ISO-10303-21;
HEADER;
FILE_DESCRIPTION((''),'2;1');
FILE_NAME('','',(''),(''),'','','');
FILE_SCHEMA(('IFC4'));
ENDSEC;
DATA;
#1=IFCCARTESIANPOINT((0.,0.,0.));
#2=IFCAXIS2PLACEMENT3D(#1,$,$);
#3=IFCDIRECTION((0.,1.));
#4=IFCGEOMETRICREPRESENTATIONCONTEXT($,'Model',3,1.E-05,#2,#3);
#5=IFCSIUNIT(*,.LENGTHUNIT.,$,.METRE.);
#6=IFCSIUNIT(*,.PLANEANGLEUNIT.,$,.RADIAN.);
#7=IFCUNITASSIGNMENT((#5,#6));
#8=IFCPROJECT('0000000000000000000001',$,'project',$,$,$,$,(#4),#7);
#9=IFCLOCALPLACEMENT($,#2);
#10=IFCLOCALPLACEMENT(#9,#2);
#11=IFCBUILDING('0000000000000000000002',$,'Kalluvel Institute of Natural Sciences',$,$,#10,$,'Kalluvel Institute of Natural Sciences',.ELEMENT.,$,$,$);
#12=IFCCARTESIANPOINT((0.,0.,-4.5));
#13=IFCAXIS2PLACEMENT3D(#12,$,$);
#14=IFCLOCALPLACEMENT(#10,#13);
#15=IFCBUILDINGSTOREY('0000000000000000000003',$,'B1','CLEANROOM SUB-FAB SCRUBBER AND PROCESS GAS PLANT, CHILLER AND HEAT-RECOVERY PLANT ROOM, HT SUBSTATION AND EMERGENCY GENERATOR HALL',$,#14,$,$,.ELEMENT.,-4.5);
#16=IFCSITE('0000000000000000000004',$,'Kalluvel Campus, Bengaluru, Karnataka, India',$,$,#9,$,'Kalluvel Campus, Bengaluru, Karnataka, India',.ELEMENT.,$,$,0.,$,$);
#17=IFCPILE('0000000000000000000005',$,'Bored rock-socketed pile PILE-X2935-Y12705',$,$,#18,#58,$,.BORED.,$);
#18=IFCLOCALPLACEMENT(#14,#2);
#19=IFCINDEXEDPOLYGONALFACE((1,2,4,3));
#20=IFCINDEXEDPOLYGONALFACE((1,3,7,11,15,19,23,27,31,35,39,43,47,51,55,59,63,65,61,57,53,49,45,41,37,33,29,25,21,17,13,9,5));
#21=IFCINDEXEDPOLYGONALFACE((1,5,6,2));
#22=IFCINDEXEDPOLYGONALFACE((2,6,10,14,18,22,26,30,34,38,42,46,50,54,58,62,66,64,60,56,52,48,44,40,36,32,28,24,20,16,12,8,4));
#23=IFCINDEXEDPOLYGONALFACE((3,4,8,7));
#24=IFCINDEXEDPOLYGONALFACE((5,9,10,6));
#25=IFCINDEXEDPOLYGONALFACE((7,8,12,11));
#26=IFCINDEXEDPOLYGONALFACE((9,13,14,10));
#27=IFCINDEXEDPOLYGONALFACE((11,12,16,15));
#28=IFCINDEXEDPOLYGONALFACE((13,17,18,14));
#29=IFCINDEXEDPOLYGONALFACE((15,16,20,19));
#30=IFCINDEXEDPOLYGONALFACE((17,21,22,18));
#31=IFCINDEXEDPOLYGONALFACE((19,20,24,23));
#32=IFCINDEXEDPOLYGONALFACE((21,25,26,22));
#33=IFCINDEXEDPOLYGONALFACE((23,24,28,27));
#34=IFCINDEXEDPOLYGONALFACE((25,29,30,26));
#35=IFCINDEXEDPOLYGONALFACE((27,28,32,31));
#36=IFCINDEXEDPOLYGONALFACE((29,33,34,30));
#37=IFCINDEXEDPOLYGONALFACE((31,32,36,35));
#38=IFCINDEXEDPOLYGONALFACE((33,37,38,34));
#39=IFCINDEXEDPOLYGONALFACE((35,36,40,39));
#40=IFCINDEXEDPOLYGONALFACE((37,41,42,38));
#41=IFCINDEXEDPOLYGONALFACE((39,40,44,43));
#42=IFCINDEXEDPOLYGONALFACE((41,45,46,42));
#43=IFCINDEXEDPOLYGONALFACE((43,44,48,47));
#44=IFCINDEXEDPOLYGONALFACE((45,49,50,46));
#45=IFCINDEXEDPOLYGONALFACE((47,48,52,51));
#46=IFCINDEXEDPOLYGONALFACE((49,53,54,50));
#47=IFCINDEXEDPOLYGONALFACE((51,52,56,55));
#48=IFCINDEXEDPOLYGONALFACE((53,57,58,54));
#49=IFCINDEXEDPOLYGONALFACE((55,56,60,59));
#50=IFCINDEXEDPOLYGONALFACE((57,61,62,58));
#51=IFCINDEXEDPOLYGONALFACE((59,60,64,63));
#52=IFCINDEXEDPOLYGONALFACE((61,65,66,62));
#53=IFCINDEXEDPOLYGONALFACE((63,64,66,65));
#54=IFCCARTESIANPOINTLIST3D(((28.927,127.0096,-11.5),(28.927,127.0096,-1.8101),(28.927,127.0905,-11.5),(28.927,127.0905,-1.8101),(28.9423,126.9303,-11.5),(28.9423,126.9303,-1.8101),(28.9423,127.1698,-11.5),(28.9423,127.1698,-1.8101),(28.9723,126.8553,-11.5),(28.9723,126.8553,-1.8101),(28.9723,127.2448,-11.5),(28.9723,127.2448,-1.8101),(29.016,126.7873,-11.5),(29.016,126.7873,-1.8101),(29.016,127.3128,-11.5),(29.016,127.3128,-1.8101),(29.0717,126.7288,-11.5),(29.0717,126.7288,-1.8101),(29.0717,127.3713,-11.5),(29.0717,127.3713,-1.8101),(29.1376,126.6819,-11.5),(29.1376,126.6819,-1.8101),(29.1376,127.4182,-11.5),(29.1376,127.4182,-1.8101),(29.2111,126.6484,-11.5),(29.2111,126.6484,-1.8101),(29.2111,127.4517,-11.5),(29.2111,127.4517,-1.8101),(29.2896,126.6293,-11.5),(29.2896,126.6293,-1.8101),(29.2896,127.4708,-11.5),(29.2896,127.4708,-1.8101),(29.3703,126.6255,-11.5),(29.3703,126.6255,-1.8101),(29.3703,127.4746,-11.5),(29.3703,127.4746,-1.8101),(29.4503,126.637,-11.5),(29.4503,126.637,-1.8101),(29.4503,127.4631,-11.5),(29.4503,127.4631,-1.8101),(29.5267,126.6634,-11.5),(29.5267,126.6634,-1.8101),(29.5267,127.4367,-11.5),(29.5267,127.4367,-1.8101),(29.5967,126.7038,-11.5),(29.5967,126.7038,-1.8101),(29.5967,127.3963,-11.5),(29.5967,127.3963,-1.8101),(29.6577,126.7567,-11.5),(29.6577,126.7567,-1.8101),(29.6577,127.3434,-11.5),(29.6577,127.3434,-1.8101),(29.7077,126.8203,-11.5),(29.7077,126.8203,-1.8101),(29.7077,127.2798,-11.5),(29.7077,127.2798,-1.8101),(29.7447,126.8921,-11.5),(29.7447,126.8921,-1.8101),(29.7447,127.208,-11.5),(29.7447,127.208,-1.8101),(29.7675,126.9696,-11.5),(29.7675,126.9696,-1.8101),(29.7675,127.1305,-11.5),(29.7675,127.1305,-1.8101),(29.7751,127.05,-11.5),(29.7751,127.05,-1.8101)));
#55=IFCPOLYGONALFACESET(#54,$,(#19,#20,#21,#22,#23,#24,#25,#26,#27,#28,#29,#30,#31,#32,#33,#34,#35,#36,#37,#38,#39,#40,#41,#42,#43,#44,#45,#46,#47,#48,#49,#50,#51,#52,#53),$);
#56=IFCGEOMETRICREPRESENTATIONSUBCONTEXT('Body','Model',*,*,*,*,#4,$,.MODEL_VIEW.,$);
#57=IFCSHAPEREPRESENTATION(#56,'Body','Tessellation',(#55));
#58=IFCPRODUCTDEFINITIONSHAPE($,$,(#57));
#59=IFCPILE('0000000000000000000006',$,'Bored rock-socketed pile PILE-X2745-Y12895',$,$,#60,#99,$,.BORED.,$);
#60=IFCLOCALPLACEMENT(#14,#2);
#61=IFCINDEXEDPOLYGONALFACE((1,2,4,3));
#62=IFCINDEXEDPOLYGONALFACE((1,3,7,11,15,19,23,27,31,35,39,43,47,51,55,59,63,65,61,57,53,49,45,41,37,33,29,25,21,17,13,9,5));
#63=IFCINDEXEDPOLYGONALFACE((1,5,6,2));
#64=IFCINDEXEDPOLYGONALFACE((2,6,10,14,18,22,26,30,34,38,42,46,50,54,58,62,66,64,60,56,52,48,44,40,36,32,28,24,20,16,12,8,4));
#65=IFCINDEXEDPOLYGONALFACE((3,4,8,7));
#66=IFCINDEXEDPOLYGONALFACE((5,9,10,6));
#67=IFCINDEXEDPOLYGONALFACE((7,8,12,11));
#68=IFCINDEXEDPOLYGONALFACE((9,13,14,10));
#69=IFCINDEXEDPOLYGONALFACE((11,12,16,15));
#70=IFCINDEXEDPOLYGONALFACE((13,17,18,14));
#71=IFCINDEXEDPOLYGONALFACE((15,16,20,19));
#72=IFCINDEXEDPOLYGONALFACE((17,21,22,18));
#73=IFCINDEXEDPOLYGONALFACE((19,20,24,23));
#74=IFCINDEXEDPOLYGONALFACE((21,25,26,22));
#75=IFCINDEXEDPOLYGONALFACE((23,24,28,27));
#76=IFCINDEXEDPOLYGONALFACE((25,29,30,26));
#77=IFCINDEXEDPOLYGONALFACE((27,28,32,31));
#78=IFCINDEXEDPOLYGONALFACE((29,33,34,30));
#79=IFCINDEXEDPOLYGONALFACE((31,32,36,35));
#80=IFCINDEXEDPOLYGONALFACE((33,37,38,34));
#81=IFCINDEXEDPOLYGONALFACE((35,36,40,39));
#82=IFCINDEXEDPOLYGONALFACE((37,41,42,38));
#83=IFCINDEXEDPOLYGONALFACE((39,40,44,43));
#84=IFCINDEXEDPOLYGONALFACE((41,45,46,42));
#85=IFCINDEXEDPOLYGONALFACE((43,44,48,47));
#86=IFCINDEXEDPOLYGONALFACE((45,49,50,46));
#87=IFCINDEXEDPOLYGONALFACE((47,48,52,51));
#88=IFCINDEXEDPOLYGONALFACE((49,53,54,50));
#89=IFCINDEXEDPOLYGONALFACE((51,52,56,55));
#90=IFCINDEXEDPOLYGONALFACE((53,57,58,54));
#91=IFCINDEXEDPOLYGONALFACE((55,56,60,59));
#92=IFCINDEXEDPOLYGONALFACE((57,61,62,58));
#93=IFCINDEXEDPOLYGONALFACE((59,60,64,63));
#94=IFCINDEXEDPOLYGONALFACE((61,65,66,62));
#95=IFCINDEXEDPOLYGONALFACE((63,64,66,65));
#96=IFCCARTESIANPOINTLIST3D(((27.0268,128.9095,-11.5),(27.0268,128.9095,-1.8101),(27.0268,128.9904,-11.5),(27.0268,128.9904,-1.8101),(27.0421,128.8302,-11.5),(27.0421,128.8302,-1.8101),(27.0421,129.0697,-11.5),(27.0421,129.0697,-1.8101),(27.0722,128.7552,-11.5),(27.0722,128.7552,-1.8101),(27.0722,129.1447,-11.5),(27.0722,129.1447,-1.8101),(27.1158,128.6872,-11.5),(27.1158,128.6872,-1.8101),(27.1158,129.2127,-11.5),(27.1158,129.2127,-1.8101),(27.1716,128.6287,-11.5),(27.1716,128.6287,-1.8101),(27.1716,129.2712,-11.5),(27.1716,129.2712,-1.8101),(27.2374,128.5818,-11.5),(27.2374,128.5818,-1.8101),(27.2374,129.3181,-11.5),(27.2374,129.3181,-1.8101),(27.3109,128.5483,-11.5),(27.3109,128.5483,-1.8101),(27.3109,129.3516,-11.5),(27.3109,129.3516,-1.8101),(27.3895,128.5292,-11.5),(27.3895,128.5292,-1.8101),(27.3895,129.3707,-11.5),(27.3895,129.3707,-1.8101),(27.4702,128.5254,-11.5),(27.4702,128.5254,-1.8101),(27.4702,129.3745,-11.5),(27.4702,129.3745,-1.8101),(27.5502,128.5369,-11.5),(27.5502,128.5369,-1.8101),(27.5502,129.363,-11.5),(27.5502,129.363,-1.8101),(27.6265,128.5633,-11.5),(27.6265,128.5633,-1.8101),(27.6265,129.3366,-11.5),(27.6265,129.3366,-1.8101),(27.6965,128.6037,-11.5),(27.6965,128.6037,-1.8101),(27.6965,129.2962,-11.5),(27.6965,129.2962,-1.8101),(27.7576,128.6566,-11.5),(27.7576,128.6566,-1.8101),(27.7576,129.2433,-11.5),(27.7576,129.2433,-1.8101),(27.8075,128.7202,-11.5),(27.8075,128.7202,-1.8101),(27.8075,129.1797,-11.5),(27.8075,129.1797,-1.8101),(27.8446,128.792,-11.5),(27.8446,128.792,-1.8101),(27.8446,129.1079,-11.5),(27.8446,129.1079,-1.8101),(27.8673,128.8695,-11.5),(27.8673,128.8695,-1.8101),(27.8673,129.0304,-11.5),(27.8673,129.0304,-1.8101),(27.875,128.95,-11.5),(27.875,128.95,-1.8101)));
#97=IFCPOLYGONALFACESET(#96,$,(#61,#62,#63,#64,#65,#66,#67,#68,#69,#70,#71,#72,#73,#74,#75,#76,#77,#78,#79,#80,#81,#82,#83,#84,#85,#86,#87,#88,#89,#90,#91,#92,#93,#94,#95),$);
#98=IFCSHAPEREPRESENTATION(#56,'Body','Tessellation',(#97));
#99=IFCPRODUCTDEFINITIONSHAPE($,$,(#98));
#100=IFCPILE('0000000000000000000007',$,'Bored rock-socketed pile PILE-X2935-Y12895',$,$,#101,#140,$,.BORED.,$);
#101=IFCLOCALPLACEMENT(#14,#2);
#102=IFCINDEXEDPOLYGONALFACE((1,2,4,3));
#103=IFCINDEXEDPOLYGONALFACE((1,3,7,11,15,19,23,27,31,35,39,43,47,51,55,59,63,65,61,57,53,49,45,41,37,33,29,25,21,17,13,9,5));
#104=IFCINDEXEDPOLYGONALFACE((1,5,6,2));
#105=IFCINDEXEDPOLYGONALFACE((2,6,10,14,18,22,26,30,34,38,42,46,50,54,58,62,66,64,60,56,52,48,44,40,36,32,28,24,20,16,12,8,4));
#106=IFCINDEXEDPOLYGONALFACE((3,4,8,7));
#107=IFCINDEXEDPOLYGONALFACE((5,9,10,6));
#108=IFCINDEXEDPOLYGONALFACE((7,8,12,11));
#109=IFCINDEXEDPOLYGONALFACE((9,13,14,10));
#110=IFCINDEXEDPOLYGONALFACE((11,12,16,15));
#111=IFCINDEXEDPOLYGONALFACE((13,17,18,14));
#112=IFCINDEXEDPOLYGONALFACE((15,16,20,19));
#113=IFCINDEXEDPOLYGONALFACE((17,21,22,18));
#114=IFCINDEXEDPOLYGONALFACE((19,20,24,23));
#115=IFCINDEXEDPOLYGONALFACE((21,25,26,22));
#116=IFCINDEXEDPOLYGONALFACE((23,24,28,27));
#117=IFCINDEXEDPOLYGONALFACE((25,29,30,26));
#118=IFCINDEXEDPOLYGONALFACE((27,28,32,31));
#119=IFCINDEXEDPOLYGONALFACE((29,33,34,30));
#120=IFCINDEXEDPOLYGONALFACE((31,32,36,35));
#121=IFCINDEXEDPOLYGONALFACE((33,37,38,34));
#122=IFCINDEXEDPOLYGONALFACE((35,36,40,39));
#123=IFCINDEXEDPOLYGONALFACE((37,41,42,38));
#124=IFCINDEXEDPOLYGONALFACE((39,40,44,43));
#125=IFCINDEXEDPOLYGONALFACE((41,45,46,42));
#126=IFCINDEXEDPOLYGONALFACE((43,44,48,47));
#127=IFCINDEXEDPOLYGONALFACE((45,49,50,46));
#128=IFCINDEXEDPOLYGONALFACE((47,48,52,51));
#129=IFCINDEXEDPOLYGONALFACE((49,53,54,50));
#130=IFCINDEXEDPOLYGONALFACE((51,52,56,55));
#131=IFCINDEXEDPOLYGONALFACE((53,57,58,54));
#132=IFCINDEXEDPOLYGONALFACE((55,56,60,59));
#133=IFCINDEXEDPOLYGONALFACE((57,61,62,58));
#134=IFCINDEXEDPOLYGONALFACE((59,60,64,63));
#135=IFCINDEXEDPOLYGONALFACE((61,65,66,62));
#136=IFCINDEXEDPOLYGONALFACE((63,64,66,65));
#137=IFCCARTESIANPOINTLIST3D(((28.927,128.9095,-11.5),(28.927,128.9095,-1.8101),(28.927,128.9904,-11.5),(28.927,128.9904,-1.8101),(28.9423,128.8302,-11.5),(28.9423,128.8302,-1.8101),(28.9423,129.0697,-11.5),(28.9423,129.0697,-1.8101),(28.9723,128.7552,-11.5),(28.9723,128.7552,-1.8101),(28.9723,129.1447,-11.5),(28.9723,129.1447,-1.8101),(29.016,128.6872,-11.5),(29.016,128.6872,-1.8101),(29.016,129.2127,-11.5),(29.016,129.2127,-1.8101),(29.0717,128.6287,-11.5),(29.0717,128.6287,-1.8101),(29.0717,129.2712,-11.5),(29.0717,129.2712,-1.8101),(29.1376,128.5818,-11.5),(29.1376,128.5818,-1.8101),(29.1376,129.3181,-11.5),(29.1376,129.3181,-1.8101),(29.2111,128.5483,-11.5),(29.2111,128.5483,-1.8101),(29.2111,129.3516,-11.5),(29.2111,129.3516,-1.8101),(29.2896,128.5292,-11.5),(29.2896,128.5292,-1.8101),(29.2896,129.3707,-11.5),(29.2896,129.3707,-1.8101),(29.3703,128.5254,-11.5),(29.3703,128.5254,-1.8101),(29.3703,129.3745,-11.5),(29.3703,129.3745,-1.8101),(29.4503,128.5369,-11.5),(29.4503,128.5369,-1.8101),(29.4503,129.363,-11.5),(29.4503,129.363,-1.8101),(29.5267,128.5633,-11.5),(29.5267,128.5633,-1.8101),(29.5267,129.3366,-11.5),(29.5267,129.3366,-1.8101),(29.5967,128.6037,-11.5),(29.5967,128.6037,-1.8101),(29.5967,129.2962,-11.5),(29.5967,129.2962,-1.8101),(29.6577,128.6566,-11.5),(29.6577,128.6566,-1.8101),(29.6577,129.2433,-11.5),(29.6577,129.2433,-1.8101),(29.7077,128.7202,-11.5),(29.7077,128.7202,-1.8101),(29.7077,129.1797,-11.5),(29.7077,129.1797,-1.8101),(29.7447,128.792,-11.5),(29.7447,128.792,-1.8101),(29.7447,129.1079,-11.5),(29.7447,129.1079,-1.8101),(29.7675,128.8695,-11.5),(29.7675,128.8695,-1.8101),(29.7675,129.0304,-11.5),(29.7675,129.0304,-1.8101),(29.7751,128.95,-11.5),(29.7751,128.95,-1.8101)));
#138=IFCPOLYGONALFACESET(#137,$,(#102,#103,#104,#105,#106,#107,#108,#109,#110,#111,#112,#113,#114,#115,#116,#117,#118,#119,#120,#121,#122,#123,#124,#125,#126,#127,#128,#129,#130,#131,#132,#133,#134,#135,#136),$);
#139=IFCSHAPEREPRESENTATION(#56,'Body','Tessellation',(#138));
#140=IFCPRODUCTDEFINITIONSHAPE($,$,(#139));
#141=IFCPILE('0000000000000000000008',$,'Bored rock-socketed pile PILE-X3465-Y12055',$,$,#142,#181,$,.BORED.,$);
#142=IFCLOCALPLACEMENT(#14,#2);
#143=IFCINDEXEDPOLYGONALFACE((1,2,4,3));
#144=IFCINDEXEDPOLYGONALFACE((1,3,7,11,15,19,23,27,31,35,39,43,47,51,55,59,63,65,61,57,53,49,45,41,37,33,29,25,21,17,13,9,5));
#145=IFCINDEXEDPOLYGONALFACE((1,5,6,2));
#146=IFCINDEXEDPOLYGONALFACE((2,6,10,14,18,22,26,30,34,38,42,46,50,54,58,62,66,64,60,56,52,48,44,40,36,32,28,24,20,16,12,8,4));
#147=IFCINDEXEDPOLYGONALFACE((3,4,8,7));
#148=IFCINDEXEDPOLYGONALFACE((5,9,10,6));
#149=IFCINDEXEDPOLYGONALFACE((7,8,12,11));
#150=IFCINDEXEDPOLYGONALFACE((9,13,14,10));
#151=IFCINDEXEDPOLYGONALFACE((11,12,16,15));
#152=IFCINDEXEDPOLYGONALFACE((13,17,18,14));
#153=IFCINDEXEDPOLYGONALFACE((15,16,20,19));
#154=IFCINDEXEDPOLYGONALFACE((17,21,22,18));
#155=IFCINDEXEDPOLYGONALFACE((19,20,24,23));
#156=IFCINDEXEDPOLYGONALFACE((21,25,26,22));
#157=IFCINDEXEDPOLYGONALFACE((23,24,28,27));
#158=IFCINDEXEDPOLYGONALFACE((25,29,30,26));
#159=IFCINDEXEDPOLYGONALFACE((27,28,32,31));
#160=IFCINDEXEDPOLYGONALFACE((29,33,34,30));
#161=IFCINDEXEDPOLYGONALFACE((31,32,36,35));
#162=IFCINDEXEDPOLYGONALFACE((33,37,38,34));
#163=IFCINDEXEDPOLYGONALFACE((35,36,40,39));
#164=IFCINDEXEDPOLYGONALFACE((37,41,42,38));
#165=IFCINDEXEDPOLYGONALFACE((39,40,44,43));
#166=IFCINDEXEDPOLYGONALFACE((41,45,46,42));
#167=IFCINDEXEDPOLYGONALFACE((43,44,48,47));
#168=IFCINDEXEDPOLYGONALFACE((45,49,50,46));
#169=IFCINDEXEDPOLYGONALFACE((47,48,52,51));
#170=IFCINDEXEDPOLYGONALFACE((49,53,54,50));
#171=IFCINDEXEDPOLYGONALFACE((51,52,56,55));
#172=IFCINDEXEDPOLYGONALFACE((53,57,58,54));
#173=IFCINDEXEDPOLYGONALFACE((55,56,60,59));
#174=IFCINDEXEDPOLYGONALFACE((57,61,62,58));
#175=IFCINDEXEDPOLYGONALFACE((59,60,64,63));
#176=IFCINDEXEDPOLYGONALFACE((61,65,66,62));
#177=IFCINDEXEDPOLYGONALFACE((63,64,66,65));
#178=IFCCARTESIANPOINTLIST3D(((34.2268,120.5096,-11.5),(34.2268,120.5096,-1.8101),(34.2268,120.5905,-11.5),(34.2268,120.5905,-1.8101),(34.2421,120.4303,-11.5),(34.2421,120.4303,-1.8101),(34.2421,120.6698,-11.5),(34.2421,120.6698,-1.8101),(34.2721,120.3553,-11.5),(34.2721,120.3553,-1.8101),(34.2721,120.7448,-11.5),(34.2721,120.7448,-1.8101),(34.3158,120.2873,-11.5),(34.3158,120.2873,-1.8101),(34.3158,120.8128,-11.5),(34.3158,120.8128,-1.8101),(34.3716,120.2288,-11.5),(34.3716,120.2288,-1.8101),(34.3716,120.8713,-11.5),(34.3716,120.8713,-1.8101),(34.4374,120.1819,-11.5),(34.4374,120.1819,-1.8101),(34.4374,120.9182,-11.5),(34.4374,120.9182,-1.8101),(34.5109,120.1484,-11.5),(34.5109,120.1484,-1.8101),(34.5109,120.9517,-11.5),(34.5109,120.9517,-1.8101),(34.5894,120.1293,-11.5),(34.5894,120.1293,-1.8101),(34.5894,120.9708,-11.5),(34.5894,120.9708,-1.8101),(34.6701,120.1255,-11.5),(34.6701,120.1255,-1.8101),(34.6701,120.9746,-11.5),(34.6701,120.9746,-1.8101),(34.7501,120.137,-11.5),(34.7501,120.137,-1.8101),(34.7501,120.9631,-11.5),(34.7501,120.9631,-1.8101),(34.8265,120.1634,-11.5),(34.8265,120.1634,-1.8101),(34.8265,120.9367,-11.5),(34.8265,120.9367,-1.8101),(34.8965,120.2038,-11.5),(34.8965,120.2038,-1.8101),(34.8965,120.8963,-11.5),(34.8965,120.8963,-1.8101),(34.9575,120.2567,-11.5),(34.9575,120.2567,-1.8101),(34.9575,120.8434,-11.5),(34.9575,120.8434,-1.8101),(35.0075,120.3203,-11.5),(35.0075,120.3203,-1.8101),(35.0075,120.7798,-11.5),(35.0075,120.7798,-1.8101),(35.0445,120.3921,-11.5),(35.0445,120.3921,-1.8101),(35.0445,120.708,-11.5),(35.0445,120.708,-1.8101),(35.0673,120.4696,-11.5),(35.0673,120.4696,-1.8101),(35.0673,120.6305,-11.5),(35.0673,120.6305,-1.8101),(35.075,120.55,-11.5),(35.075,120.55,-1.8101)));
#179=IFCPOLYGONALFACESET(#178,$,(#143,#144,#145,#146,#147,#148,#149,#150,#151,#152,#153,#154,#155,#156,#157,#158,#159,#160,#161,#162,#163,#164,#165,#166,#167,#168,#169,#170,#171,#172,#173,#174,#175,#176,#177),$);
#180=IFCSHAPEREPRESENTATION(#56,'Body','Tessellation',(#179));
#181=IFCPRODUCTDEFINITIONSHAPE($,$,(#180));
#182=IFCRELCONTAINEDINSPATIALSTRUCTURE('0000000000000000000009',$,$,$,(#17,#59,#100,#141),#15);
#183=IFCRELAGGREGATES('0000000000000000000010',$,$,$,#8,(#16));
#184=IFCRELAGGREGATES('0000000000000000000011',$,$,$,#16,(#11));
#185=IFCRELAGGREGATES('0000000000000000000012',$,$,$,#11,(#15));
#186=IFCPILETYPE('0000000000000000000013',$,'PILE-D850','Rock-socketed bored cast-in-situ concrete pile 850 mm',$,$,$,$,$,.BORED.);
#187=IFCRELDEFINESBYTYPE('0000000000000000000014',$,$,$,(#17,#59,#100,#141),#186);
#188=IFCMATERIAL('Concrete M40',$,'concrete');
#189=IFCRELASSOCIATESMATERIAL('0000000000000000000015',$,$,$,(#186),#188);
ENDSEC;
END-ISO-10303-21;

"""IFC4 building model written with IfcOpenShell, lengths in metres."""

from ifc_helpers import new_model, si_unit, direction, frame, origin, origin_2d, place, context, subcontext, project, spatial, circle, extrude, material, material_profile, profile_set, type_object, element, save


model = new_model("IFC4")

# Units and contexts
model_context = context("Model", 3, precision=1e-05, world=origin(), true_north=direction((0.0, 1.0)))
body_context = subcontext(model_context, "Body", "Model", "MODEL_VIEW")
ifc_project = project(units=[si_unit("LENGTHUNIT", "METRE"), si_unit("PLANEANGLEUNIT", "RADIAN")], contexts=[model_context])

# Site, building, storey
site_placement = place(None, origin())
site = spatial("IfcSite", under=ifc_project, at=site_placement, Name="Kalluvel Campus, Bengaluru, Karnataka, India", LongName="Kalluvel Campus, Bengaluru, Karnataka, India", CompositionType="ELEMENT", RefElevation=0.0)
building_placement = place(site_placement, origin())
building = spatial("IfcBuilding", under=site, at=building_placement, Name="Kalluvel Institute of Natural Sciences", LongName="Kalluvel Institute of Natural Sciences", CompositionType="ELEMENT")
storey_placement = place(building_placement, frame((0.0, 0.0, -4.5)))
storey = spatial("IfcBuildingStorey", under=building, at=storey_placement, Name="B1", Description="CLEANROOM SUB-FAB SCRUBBER AND PROCESS GAS PLANT, CHILLER AND HEAT-RECOVERY PLANT ROOM, HT SUBSTATION AND EMERGENCY GENERATOR HALL", CompositionType="ELEMENT", Elevation=-4.5)

# Shared definitions
ifc_material_1 = material(Name="Concrete M40", Category="concrete")

# Piles
ifc_material_profile_1 = material_profile(ifc_material_1, circle(Radius=0.425, at=origin_2d()), Name="PILE D850")
ifc_profile_set_1 = profile_set([ifc_material_profile_1], Name="Concrete M40")
pile_type_1 = type_object("IfcPileType", Name="PILE-D850", Description="Rock-socketed bored cast-in-situ concrete pile 850 mm", PredefinedType="BORED", material=ifc_profile_set_1)
for number, where, z_axis, x_axis, name in (
    (1, (29.3501, 127.05, -1.8101), (0.0, 0.0, -1.0), (1.0, 0.0, 0.0), "Bored rock-socketed pile PILE-X2935-Y12705"),
    (2, (27.45, 128.95, -1.8101), (0.0, 0.0, -1.0), (1.0, 0.0, 0.0), "Bored rock-socketed pile PILE-X2745-Y12895"),
    (3, (29.3501, 128.95, -1.8101), (0.0, 0.0, -1.0), (1.0, 0.0, 0.0), "Bored rock-socketed pile PILE-X2935-Y12895"),
    (4, (34.6499, 120.55, -1.8101), (0.0, 0.0, -1.0), (1.0, 0.0, 0.0), "Bored rock-socketed pile PILE-X3465-Y12055"),
):
    element("IfcPile", number, at=place(storey_placement, frame(where, z_axis=z_axis, x_axis=x_axis)), inside=storey, type_object=pile_type_1, Name=name, PredefinedType="BORED", context=body_context, shape_type="SweptSolid", body=[
        extrude(circle(Radius=0.425, at=origin_2d()), origin(), (0.0, 0.0, 1.0), 9.6899),
    ])

save(model, "model.ifc")
